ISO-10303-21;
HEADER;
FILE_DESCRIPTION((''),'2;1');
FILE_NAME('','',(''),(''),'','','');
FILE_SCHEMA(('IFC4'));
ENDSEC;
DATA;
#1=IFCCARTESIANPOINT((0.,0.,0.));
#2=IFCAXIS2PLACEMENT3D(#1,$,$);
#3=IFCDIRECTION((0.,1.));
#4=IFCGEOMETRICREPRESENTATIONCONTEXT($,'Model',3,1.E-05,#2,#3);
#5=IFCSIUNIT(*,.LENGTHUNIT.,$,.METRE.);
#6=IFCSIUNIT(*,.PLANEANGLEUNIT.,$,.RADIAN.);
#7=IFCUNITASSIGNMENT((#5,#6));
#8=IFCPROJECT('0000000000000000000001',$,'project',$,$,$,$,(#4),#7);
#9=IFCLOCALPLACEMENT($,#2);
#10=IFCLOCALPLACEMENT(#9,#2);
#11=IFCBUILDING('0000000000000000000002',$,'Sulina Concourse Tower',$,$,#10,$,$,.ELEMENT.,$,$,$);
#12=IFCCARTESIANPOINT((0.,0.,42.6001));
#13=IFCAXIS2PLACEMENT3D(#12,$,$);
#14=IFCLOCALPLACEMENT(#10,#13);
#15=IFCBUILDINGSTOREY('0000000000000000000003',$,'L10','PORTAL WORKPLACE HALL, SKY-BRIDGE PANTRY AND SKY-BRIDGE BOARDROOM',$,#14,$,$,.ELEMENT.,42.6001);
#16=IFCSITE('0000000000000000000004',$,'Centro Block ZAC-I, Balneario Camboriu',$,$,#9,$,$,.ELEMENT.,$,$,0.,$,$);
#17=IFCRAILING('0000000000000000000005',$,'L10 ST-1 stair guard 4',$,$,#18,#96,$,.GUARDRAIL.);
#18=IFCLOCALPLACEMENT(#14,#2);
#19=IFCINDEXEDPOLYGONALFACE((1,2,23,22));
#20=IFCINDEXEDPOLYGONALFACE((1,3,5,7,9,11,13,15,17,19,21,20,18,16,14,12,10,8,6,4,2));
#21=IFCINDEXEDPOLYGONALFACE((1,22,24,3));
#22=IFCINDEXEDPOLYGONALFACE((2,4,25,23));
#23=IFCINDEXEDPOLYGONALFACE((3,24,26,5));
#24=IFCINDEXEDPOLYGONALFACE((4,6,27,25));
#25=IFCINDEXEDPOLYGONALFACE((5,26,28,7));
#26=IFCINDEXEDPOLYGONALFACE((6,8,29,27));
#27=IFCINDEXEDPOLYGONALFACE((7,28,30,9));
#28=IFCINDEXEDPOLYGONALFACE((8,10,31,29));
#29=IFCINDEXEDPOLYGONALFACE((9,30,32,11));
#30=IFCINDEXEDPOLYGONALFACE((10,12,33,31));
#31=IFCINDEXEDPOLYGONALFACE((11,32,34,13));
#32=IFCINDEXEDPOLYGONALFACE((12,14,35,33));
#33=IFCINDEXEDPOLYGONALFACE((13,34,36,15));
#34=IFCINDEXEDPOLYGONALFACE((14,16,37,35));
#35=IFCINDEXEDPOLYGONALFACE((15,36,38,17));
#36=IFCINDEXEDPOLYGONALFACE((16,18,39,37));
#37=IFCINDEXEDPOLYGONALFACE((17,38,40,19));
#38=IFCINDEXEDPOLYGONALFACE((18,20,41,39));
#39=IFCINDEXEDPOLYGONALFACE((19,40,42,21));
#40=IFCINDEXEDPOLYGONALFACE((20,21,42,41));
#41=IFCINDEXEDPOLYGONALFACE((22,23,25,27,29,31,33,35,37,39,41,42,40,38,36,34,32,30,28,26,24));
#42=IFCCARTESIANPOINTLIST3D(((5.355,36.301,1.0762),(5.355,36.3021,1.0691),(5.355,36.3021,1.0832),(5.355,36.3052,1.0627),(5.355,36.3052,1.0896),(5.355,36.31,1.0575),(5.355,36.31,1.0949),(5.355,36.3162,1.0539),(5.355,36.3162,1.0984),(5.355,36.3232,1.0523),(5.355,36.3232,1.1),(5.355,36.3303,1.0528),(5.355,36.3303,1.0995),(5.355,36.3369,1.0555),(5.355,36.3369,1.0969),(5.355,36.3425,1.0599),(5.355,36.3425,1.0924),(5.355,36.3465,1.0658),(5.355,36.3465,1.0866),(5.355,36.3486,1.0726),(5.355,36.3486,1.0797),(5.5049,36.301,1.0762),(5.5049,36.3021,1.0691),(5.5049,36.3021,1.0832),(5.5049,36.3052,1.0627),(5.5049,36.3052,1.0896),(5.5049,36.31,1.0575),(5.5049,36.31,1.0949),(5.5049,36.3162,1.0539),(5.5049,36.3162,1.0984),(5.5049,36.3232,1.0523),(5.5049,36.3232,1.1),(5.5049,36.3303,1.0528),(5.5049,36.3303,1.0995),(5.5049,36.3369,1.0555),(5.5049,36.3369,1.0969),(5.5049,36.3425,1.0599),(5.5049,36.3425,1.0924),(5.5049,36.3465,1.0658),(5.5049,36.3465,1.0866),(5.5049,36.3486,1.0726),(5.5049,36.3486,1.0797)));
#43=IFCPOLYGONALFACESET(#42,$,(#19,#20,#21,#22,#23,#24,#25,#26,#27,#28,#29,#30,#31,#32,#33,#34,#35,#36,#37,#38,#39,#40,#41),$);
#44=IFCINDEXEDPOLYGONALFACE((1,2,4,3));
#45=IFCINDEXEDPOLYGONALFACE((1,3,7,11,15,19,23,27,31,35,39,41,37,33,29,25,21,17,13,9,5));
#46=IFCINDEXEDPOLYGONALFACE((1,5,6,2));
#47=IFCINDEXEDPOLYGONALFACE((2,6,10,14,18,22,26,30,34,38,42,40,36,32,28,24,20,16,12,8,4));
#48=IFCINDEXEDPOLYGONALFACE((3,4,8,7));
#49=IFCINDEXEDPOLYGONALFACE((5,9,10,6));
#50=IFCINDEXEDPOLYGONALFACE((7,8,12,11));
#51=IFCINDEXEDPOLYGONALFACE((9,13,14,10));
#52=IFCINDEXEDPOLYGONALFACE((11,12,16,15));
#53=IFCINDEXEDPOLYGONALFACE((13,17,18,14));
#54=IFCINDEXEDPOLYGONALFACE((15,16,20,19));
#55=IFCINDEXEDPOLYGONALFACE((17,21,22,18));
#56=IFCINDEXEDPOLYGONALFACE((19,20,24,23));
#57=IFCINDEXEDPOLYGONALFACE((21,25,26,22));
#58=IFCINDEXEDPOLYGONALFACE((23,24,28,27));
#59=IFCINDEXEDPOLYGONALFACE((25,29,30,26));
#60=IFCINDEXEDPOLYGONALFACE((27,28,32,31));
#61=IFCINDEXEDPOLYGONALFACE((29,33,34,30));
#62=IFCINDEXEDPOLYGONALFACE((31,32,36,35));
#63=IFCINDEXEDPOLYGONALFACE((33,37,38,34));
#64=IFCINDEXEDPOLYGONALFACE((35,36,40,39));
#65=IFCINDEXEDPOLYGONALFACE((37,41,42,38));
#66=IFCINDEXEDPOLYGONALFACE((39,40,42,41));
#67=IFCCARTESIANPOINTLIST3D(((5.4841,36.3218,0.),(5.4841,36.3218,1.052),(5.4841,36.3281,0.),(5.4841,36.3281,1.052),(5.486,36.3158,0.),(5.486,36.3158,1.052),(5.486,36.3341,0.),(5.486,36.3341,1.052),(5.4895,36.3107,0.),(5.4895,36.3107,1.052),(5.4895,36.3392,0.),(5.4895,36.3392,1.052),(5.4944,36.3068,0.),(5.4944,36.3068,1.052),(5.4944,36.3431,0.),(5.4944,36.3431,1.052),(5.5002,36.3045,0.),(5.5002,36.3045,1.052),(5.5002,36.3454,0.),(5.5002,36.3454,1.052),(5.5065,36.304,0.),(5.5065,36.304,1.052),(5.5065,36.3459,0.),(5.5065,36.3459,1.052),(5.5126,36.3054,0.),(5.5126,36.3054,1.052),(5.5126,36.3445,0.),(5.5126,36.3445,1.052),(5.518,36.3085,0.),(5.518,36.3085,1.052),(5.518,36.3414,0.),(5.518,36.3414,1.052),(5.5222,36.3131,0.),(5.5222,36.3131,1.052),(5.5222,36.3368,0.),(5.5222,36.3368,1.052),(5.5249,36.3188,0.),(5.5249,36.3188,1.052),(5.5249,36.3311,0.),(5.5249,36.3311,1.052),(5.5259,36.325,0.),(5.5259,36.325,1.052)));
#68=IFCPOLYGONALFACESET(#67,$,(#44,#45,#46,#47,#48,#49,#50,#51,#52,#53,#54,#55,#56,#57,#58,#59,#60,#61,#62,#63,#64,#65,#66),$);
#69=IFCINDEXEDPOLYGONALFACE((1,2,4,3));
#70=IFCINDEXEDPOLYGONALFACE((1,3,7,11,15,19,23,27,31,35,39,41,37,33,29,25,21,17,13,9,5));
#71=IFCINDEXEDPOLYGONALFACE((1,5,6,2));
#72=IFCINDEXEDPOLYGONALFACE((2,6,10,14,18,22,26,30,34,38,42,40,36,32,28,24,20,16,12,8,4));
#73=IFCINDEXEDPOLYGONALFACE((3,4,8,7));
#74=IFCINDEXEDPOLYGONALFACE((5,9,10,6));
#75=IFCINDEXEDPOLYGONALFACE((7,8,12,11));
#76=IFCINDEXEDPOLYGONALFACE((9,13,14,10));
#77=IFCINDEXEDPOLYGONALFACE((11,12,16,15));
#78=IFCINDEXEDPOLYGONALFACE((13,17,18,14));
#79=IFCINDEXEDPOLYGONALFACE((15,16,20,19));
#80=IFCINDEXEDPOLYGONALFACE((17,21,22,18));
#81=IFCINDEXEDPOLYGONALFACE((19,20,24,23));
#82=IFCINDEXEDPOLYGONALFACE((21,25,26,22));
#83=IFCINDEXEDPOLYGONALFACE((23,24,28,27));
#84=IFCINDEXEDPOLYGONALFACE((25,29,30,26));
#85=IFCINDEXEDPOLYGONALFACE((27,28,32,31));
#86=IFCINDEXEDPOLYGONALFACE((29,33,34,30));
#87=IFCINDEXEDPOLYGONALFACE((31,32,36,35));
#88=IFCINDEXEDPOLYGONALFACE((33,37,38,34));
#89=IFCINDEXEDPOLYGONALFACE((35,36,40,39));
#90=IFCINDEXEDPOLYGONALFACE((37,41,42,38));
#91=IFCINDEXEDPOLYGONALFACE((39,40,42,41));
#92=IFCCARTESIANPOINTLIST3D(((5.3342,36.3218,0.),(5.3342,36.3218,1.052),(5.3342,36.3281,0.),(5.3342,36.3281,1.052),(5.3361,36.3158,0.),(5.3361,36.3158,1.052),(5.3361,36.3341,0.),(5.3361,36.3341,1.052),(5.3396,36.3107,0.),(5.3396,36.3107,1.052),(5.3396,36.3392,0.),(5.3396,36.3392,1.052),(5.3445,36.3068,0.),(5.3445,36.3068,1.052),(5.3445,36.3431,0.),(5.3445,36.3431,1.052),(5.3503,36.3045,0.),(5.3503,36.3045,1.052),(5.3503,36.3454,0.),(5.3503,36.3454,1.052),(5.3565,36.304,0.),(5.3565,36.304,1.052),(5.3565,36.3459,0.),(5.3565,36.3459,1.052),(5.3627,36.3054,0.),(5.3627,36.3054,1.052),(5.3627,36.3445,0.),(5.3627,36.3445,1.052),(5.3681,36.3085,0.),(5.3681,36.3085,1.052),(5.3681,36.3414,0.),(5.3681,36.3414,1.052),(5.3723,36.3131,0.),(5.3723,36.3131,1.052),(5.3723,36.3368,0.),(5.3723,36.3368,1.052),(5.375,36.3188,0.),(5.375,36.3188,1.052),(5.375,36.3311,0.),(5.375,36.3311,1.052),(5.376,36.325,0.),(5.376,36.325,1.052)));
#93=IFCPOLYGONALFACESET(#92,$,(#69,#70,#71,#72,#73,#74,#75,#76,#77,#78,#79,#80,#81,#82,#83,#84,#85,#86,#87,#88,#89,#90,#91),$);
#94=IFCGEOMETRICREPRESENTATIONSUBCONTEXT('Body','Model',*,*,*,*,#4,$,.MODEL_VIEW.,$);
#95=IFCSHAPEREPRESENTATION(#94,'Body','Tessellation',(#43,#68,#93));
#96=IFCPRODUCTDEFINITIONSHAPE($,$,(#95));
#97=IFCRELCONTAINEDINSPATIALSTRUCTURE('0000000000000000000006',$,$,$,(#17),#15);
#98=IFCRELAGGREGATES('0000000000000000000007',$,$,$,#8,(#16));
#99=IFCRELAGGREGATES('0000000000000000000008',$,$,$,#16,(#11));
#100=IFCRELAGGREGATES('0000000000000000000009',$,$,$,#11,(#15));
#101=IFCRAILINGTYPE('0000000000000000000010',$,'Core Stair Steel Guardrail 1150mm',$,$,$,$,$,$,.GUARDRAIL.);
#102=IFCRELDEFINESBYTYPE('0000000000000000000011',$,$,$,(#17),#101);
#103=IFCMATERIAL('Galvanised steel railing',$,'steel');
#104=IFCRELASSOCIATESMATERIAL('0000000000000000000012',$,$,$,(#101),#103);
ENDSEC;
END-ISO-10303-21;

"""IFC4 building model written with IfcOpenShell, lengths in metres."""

from ifc_helpers import new_model, si_unit, direction, frame, origin, origin_2d, place, context, subcontext, project, spatial, circle, extrude, material, type_object, element, save


model = new_model("IFC4")

# Units and contexts
model_context = context("Model", 3, precision=1e-05, world=origin(), true_north=direction((0.0, 1.0)))
body_context = subcontext(model_context, "Body", "Model", "MODEL_VIEW")
ifc_project = project(units=[si_unit("LENGTHUNIT", "METRE"), si_unit("PLANEANGLEUNIT", "RADIAN")], contexts=[model_context])

# Site, building, storey
site_placement = place(None, origin())
site = spatial("IfcSite", under=ifc_project, at=site_placement, Name="Centro Block ZAC-I, Balneario Camboriu", CompositionType="ELEMENT", RefElevation=0.0)
building_placement = place(site_placement, origin())
building = spatial("IfcBuilding", under=site, at=building_placement, Name="Sulina Concourse Tower", CompositionType="ELEMENT")
storey_placement = place(building_placement, frame((0.0, 0.0, 42.6001)))
storey = spatial("IfcBuildingStorey", under=building, at=storey_placement, Name="L10", Description="PORTAL WORKPLACE HALL, SKY-BRIDGE PANTRY AND SKY-BRIDGE BOARDROOM", CompositionType="ELEMENT", Elevation=42.6001)

# Railing
ifc_material_1 = material(Name="Galvanised steel railing", Category="steel")
railing_type_1 = type_object("IfcRailingType", Name="Core Stair Steel Guardrail 1150mm", PredefinedType="GUARDRAIL", material=ifc_material_1)
railing_1_placement = place(storey_placement, frame((5.5049, 36.325, 0.0)))
element("IfcRailing", 1, at=railing_1_placement, inside=storey, type_object=railing_type_1, Name="L10 ST-1 stair guard 4", PredefinedType="GUARDRAIL", context=body_context, shape_type="SweptSolid", body=[
    extrude(circle(Radius=0.0239, at=origin_2d()), frame((0.0, 0.0, 1.0762), z_axis=(-1.0, 0.0, 0.0), x_axis=(0.0, -1.0, 0.0)), (0.0, 0.0, 1.0), 0.1499),
    extrude(circle(Radius=0.021, at=origin_2d()), origin(), (0.0, 0.0, 1.0), 1.052),
    extrude(circle(Radius=0.021, at=origin_2d()), frame((-0.1499, 0.0, 0.0)), (0.0, 0.0, 1.0), 1.052),
])

save(model, "model.ifc")
